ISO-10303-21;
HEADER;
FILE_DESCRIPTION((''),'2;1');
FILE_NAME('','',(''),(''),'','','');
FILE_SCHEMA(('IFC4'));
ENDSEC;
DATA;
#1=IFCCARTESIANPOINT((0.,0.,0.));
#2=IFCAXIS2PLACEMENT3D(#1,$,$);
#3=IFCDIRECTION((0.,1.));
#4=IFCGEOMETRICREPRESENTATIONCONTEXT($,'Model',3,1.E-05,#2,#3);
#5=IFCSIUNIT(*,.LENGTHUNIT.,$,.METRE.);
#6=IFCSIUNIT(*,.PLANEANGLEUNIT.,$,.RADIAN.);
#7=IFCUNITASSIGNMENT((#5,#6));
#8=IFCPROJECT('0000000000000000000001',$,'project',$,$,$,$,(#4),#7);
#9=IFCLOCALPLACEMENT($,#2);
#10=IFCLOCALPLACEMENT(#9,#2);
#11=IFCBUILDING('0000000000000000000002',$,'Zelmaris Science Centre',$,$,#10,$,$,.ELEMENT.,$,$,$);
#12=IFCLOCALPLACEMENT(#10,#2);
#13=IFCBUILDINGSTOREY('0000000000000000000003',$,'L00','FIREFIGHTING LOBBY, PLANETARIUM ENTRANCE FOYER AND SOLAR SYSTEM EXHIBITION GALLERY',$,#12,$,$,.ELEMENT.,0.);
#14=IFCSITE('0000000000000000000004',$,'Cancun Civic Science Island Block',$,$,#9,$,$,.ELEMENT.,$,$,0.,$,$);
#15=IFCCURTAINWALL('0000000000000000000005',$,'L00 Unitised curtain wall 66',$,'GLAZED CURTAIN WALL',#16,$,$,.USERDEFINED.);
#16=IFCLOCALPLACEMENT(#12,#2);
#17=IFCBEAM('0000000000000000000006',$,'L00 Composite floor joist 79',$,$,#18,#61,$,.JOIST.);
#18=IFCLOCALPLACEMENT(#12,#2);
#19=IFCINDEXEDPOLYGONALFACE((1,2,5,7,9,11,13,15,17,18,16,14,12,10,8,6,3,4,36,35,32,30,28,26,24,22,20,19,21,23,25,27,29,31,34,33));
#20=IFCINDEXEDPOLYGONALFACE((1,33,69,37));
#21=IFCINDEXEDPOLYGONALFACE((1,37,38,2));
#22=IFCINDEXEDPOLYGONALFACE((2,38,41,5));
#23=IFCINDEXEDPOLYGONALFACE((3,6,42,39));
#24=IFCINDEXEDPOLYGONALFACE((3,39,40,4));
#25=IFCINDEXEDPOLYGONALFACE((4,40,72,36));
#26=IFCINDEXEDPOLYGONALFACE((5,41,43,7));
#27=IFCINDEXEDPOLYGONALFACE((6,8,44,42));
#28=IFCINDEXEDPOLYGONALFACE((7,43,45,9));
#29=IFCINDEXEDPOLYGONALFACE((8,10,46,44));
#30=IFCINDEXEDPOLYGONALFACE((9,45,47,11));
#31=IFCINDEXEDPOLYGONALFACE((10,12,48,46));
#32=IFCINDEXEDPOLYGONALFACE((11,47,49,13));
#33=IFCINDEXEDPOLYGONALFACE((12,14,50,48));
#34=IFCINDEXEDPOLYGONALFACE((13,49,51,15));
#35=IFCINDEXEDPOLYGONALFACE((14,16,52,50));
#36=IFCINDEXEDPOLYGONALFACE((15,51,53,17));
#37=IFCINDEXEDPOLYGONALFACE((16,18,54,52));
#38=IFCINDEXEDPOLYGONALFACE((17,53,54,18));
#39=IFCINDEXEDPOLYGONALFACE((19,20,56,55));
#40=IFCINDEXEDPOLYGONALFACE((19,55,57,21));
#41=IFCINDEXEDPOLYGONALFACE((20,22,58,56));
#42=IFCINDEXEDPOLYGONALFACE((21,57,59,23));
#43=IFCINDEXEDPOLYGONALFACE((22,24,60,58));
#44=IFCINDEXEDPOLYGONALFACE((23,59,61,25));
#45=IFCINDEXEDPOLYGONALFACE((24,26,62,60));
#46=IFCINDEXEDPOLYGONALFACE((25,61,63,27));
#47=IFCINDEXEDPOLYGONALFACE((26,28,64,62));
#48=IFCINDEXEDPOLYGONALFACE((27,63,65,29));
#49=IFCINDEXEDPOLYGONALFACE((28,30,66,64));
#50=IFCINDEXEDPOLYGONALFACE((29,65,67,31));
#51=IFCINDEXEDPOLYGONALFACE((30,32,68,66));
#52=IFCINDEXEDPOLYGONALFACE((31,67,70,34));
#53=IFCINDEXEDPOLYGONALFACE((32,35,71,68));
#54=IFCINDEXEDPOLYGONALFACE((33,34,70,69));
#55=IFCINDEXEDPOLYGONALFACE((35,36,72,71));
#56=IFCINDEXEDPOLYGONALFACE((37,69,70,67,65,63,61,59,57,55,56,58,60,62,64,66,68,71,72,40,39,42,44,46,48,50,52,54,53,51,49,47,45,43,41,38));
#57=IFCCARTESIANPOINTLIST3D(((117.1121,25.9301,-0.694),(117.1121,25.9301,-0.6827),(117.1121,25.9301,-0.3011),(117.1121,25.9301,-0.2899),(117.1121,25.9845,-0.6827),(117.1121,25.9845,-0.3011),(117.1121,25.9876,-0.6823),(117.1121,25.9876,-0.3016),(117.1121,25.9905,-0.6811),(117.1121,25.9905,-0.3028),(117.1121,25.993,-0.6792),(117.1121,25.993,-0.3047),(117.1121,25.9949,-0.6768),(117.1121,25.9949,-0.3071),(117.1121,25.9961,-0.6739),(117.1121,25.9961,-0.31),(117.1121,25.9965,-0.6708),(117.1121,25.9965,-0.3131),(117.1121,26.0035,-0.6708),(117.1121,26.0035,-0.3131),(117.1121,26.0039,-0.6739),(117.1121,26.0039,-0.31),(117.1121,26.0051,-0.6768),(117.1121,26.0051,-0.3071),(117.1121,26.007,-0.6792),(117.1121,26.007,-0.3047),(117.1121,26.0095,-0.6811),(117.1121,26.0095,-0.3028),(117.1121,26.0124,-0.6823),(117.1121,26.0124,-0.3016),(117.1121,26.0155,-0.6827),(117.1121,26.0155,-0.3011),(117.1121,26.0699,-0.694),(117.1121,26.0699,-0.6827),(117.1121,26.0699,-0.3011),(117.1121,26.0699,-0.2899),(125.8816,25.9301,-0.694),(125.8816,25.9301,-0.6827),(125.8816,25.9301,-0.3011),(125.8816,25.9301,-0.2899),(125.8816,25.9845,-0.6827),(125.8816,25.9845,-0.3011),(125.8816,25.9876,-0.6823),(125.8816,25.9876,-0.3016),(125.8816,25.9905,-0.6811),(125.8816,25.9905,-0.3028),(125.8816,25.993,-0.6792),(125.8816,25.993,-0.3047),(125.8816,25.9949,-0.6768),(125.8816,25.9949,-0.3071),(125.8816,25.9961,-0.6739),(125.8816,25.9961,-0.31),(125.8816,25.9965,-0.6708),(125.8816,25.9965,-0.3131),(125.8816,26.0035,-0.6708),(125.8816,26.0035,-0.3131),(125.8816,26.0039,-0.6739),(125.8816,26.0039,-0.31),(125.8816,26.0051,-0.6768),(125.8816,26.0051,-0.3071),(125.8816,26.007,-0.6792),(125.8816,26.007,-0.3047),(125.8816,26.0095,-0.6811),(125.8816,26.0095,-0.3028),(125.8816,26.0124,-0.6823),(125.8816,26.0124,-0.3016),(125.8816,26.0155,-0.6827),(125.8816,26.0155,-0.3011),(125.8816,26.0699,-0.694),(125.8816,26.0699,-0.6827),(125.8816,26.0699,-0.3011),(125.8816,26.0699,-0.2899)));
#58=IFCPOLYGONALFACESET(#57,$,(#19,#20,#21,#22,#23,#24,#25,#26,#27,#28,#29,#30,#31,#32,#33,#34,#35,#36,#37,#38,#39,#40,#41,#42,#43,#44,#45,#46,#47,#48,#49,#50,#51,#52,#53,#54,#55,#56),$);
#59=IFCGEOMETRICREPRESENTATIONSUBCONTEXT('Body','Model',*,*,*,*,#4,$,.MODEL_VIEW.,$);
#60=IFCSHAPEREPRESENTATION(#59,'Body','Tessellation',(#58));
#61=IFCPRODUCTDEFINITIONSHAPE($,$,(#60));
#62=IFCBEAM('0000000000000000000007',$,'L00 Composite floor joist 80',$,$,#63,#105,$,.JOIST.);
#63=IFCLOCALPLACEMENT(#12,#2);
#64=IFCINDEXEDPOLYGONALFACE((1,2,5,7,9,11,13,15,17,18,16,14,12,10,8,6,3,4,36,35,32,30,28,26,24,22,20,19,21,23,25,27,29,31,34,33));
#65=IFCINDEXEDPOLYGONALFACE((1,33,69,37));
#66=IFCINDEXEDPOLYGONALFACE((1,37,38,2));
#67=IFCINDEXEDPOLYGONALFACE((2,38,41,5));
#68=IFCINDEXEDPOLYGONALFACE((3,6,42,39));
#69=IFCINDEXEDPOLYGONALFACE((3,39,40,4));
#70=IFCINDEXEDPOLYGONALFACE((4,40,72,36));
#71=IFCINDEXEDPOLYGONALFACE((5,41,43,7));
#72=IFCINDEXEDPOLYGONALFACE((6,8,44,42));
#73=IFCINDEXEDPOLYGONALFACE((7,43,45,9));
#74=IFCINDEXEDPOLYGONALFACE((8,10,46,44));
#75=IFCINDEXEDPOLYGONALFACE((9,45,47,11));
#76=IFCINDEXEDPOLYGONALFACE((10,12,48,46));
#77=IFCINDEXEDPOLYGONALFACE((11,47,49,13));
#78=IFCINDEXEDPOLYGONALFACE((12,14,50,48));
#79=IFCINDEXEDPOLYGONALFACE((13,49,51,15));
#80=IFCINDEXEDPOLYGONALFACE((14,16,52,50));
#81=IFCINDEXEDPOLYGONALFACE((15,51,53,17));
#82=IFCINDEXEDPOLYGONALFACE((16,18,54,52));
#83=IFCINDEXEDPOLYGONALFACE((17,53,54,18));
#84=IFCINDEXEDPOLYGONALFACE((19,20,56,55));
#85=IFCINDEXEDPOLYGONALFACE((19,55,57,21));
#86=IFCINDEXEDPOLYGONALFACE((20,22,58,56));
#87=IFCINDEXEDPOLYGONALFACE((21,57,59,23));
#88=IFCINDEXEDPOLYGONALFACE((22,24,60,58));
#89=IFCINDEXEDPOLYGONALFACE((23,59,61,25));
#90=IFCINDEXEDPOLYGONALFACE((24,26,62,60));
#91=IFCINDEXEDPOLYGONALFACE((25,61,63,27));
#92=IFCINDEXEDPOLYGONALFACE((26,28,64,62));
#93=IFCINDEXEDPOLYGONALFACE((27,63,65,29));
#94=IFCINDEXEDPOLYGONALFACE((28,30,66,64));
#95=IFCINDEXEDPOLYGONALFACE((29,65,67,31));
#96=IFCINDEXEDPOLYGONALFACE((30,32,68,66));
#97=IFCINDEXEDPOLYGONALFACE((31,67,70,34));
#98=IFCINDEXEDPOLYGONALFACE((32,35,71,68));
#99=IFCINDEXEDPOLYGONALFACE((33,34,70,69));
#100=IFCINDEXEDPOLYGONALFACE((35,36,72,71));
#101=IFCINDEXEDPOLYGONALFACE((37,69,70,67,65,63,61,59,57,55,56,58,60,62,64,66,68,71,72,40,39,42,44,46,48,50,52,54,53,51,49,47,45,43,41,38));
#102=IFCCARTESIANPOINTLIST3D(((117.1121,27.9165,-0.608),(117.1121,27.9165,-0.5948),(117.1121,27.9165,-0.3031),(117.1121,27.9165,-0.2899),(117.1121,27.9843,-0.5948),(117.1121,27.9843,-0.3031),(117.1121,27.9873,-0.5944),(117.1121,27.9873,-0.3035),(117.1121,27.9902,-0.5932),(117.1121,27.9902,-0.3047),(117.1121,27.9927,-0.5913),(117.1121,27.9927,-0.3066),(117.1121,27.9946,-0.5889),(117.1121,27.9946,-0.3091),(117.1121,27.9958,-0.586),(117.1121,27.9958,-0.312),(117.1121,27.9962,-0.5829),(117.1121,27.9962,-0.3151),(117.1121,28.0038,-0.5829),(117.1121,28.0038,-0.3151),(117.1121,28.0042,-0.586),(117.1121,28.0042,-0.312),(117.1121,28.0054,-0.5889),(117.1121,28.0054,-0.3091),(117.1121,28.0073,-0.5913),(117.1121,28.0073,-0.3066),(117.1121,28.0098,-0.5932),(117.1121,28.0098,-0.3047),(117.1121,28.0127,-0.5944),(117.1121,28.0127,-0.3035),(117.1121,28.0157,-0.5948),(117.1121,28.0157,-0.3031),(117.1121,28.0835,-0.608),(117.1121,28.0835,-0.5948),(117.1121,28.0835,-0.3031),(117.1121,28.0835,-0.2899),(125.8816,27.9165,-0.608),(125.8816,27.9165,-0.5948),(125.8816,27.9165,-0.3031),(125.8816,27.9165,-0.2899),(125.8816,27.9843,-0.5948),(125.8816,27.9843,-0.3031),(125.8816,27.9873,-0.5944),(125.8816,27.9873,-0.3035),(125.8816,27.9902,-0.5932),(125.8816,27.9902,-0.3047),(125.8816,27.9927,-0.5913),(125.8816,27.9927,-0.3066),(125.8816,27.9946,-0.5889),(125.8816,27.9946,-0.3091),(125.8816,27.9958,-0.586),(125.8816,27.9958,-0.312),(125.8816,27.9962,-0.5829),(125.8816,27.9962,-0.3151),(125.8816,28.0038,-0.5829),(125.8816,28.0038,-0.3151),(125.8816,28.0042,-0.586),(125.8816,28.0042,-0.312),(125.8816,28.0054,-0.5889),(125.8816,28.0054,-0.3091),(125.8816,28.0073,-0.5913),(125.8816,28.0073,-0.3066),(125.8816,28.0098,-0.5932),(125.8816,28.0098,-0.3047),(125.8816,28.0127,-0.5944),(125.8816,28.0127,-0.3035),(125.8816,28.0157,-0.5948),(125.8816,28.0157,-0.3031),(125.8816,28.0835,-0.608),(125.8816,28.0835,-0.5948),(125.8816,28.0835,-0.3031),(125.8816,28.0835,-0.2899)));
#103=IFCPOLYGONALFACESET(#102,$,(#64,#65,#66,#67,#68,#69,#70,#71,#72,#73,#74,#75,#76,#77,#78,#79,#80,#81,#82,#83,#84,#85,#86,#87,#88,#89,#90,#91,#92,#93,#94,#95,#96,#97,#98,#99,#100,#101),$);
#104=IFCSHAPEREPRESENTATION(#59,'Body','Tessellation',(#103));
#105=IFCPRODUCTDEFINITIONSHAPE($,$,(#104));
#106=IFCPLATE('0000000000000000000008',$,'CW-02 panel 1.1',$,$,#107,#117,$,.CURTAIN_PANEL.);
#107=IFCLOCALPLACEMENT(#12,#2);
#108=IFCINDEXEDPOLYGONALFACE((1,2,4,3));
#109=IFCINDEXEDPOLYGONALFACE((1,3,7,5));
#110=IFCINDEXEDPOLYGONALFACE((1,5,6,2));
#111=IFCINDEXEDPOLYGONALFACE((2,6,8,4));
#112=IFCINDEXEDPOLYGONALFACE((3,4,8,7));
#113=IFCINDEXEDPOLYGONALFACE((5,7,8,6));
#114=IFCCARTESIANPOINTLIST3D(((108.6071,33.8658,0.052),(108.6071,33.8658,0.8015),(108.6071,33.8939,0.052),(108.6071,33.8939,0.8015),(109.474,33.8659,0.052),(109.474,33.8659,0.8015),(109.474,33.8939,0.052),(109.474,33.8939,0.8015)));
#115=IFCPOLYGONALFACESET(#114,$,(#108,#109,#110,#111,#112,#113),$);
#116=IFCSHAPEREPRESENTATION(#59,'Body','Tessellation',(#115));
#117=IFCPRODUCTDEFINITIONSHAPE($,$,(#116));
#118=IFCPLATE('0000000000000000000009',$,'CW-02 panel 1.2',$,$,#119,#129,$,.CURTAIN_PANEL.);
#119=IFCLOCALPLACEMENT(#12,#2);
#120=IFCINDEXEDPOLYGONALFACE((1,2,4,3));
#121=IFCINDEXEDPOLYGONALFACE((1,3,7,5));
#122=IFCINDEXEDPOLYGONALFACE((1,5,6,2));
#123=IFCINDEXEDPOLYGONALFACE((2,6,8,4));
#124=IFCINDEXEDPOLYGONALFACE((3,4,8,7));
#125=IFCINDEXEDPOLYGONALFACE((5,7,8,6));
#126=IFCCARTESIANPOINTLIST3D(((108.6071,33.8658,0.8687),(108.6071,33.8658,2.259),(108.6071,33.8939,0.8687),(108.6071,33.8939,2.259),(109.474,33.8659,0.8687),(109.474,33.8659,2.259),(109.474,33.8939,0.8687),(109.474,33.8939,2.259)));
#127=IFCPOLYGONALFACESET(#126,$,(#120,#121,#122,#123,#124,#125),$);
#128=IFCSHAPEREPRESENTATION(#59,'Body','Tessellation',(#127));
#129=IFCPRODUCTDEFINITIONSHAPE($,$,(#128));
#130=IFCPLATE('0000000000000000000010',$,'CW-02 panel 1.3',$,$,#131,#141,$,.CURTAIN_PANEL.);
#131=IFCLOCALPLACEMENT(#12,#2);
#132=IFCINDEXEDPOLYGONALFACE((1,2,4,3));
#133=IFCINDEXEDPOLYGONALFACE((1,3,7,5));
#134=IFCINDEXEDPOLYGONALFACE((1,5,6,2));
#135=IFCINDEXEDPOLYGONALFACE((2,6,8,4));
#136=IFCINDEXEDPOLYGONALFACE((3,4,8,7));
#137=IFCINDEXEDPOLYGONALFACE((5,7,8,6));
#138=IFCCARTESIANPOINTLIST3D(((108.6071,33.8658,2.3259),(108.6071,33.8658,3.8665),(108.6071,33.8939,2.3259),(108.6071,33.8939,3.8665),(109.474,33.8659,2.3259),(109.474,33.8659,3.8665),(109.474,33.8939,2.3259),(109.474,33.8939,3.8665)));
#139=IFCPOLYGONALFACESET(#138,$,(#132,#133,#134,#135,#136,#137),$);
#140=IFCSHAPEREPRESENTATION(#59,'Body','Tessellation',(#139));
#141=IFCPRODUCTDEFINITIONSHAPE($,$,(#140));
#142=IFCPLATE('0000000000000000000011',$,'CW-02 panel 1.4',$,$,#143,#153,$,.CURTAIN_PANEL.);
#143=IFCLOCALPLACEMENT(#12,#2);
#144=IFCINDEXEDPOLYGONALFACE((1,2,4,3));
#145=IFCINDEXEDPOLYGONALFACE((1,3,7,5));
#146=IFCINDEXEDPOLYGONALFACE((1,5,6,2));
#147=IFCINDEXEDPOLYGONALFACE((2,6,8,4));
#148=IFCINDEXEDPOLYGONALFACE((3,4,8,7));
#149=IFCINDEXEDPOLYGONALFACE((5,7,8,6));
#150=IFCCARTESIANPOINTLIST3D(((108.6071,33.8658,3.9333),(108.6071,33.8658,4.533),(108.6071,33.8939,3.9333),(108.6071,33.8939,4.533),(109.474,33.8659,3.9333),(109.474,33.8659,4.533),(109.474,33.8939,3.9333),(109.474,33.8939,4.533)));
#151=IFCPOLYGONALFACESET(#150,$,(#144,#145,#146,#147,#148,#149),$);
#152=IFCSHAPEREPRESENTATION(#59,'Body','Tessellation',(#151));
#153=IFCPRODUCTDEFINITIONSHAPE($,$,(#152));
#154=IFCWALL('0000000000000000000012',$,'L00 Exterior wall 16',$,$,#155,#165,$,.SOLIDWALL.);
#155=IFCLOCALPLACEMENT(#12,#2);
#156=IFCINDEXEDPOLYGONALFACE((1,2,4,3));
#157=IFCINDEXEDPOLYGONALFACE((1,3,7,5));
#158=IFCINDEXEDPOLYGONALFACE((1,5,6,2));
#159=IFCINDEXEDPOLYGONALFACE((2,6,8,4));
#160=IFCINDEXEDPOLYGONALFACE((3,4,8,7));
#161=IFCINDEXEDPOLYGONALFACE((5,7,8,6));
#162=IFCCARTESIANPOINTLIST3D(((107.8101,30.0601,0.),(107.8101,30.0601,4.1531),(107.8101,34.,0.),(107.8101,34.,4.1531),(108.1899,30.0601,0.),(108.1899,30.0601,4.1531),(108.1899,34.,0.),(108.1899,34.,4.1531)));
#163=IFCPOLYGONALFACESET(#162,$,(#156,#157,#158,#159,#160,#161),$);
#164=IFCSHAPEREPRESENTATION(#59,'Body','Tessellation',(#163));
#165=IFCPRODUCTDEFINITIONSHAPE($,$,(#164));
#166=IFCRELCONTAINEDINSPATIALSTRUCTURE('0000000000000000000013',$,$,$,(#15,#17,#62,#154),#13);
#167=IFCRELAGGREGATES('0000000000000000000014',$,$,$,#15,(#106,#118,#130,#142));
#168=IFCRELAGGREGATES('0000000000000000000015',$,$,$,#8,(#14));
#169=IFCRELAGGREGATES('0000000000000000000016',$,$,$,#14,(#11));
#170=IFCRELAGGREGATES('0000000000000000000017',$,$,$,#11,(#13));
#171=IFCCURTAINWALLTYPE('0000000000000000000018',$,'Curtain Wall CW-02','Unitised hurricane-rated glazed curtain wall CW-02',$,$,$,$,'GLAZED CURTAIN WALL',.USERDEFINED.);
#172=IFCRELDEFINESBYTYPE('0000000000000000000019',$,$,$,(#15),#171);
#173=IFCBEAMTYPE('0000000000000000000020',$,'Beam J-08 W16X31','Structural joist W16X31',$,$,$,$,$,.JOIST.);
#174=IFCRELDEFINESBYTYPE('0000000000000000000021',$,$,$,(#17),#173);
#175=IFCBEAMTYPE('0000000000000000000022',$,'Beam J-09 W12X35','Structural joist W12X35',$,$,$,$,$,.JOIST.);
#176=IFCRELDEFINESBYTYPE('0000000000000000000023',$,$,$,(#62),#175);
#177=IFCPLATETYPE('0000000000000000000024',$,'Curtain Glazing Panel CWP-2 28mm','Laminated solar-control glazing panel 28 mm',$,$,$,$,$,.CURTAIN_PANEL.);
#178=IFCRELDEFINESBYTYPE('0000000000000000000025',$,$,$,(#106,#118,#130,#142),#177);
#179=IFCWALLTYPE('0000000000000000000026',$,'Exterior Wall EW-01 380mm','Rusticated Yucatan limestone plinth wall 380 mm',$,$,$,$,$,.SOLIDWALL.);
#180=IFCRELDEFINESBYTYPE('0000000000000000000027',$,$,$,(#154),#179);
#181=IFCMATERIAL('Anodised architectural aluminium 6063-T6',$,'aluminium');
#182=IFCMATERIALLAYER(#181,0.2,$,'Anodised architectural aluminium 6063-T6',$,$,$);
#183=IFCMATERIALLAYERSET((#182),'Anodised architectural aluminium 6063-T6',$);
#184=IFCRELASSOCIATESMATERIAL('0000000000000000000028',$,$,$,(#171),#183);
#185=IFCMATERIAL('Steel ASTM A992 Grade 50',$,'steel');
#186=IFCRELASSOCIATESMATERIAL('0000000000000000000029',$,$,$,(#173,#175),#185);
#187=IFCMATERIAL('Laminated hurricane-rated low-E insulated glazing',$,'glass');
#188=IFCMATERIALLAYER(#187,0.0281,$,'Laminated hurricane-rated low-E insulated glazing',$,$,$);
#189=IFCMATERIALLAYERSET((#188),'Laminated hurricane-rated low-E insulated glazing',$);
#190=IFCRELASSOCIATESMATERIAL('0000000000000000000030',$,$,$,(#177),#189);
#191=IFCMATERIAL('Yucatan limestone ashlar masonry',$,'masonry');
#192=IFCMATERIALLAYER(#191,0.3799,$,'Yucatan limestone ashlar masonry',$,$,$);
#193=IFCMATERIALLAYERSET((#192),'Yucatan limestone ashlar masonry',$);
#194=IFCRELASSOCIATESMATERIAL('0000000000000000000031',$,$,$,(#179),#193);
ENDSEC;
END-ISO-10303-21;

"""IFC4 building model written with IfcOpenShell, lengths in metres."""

from ifc_helpers import new_model, si_unit, direction, frame, frame_2d, origin, origin_2d, place, context, subcontext, project, spatial, rectangle, i_section, extrude, material, layer, layer_set, material_profile, profile_set, type_object, element, aggregate, save


model = new_model("IFC4")

# Units and contexts
model_context = context("Model", 3, precision=1e-05, world=origin(), true_north=direction((0.0, 1.0)))
body_context = subcontext(model_context, "Body", "Model", "MODEL_VIEW")
ifc_project = project(units=[si_unit("LENGTHUNIT", "METRE"), si_unit("PLANEANGLEUNIT", "RADIAN")], contexts=[model_context])

# Site, building, storey
site_placement = place(None, origin())
site = spatial("IfcSite", under=ifc_project, at=site_placement, Name="Cancun Civic Science Island Block", CompositionType="ELEMENT", RefElevation=0.0)
building_placement = place(site_placement, origin())
building = spatial("IfcBuilding", under=site, at=building_placement, Name="Zelmaris Science Centre", CompositionType="ELEMENT")
storey_placement = place(building_placement, origin())
storey = spatial("IfcBuildingStorey", under=building, at=storey_placement, Name="L00", Description="FIREFIGHTING LOBBY, PLANETARIUM ENTRANCE FOYER AND SOLAR SYSTEM EXHIBITION GALLERY", CompositionType="ELEMENT", Elevation=0.0)

# Shared definitions
ifc_material_1 = material(Name="Steel ASTM A992 Grade 50", Category="steel")

# Curtain wall
ifc_material_2 = material(Name="Anodised architectural aluminium 6063-T6", Category="aluminium")
ifc_layer_1 = layer(ifc_material_2, 0.2, Name="Anodised architectural aluminium 6063-T6")
ifc_layer_set_1 = layer_set([ifc_layer_1], Name="Anodised architectural aluminium 6063-T6")
curtain_wall_type = type_object("IfcCurtainWallType", Name="Curtain Wall CW-02", Description="Unitised hurricane-rated glazed curtain wall CW-02", ElementType="GLAZED CURTAIN WALL", PredefinedType="USERDEFINED", material=ifc_layer_set_1)
curtain_wall_placement = place(storey_placement, origin())
curtain_wall = element("IfcCurtainWall", 1, at=curtain_wall_placement, inside=storey, type_object=curtain_wall_type, Name="L00 Unitised curtain wall 66", ObjectType="GLAZED CURTAIN WALL", PredefinedType="USERDEFINED")

# Beams
ifc_material_profile_1 = material_profile(ifc_material_1, i_section(OverallWidth=0.1399, OverallDepth=0.4041, WebThickness=0.0071, FlangeThickness=0.0112, FilletRadius=0.012, at=origin_2d()), Name="W16X31")
ifc_profile_set_1 = profile_set([ifc_material_profile_1], Name="Steel ASTM A992 Grade 50")
beam_type_1 = type_object("IfcBeamType", Name="Beam J-08 W16X31", Description="Structural joist W16X31", PredefinedType="JOIST", material=ifc_profile_set_1)
beam_1_placement = place(storey_placement, frame((117.1121, 26.0, -0.4919), z_axis=(1.0, 0.0, 0.0), x_axis=(0.0, 1.0, 0.0)))
element("IfcBeam", 2, at=beam_1_placement, inside=storey, type_object=beam_type_1, Name="L00 Composite floor joist 79", PredefinedType="JOIST", context=body_context, shape_type="SweptSolid", body=[
    extrude(i_section(OverallWidth=0.1399, OverallDepth=0.4041, WebThickness=0.0071, FlangeThickness=0.0112, FilletRadius=0.012, at=origin_2d()), origin(), (0.0, 0.0, 1.0), 8.7695),
])
ifc_material_profile_2 = material_profile(ifc_material_1, i_section(OverallWidth=0.167, OverallDepth=0.3181, WebThickness=0.0076, FlangeThickness=0.0132, FilletRadius=0.012, at=origin_2d()), Name="W12X35")
ifc_profile_set_2 = profile_set([ifc_material_profile_2], Name="Steel ASTM A992 Grade 50")
beam_type_2 = type_object("IfcBeamType", Name="Beam J-09 W12X35", Description="Structural joist W12X35", PredefinedType="JOIST", material=ifc_profile_set_2)
beam_2_placement = place(storey_placement, frame((117.1121, 28.0, -0.449), z_axis=(1.0, 0.0, 0.0), x_axis=(0.0, 1.0, 0.0)))
element("IfcBeam", 3, at=beam_2_placement, inside=storey, type_object=beam_type_2, Name="L00 Composite floor joist 80", PredefinedType="JOIST", context=body_context, shape_type="SweptSolid", body=[
    extrude(i_section(OverallWidth=0.167, OverallDepth=0.3181, WebThickness=0.0076, FlangeThickness=0.0132, FilletRadius=0.012, at=origin_2d()), origin(), (0.0, 0.0, 1.0), 8.7695),
])

# Plates
ifc_material_3 = material(Name="Laminated hurricane-rated low-E insulated glazing", Category="glass")
ifc_layer_2 = layer(ifc_material_3, 0.0281, Name="Laminated hurricane-rated low-E insulated glazing")
ifc_layer_set_2 = layer_set([ifc_layer_2], Name="Laminated hurricane-rated low-E insulated glazing")
plate_type = type_object("IfcPlateType", Name="Curtain Glazing Panel CWP-2 28mm", Description="Laminated solar-control glazing panel 28 mm", PredefinedType="CURTAIN_PANEL", material=ifc_layer_set_2)
plate_1_placement = place(storey_placement, frame((109.0405, 33.8799, 0.052), z_axis=(0.0, 0.0, 1.0), x_axis=(1.0, 0.000026, 0.0)))
plate_1 = element("IfcPlate", 4, at=plate_1_placement, type_object=plate_type, Name="CW-02 panel 1.1", PredefinedType="CURTAIN_PANEL", context=body_context, shape_type="SweptSolid", body=[
    extrude(rectangle(XDim=0.8669, YDim=0.0281, at=origin_2d()), origin(), (0.0, 0.0, 1.0), 0.7495),
])
plate_2_placement = place(storey_placement, frame((109.0405, 33.8799, 0.8687), z_axis=(0.0, 0.0, 1.0), x_axis=(1.0, 0.000026, 0.0)))
plate_2 = element("IfcPlate", 5, at=plate_2_placement, type_object=plate_type, Name="CW-02 panel 1.2", PredefinedType="CURTAIN_PANEL", context=body_context, shape_type="SweptSolid", body=[
    extrude(rectangle(XDim=0.8669, YDim=0.0281, at=origin_2d()), origin(), (0.0, 0.0, 1.0), 1.3904),
])
plate_3_placement = place(storey_placement, frame((109.0405, 33.8799, 2.3259), z_axis=(0.0, 0.0, 1.0), x_axis=(1.0, 0.000026, 0.0)))
plate_3 = element("IfcPlate", 6, at=plate_3_placement, type_object=plate_type, Name="CW-02 panel 1.3", PredefinedType="CURTAIN_PANEL", context=body_context, shape_type="SweptSolid", body=[
    extrude(rectangle(XDim=0.8669, YDim=0.0281, at=origin_2d()), origin(), (0.0, 0.0, 1.0), 1.5405),
])
plate_4_placement = place(storey_placement, frame((109.0405, 33.8799, 3.9333), z_axis=(0.0, 0.0, 1.0), x_axis=(1.0, 0.000026, 0.0)))
plate_4 = element("IfcPlate", 7, at=plate_4_placement, type_object=plate_type, Name="CW-02 panel 1.4", PredefinedType="CURTAIN_PANEL", context=body_context, shape_type="SweptSolid", body=[
    extrude(rectangle(XDim=0.8669, YDim=0.0281, at=origin_2d()), origin(), (0.0, 0.0, 1.0), 0.5996),
])
aggregate(curtain_wall, [plate_1, plate_2, plate_3, plate_4])

# Wall
ifc_material_4 = material(Name="Yucatan limestone ashlar masonry", Category="masonry")
ifc_layer_3 = layer(ifc_material_4, 0.3799, Name="Yucatan limestone ashlar masonry")
ifc_layer_set_3 = layer_set([ifc_layer_3], Name="Yucatan limestone ashlar masonry")
wall_type_1 = type_object("IfcWallType", Name="Exterior Wall EW-01 380mm", Description="Rusticated Yucatan limestone plinth wall 380 mm", PredefinedType="SOLIDWALL", material=ifc_layer_set_3)
wall_1_placement = place(storey_placement, frame((108.0, 30.0601, 0.0), z_axis=(0.0, 0.0, 1.0), x_axis=(0.0, 1.0, 0.0)))
element("IfcWall", 8, at=wall_1_placement, inside=storey, type_object=wall_type_1, Name="L00 Exterior wall 16", PredefinedType="SOLIDWALL", context=body_context, shape_type="SweptSolid", body=[
    extrude(rectangle(XDim=3.9399, YDim=0.3799, at=frame_2d((1.97, 0.0))), origin(), (0.0, 0.0, 1.0), 4.1531),
])

save(model, "model.ifc")
